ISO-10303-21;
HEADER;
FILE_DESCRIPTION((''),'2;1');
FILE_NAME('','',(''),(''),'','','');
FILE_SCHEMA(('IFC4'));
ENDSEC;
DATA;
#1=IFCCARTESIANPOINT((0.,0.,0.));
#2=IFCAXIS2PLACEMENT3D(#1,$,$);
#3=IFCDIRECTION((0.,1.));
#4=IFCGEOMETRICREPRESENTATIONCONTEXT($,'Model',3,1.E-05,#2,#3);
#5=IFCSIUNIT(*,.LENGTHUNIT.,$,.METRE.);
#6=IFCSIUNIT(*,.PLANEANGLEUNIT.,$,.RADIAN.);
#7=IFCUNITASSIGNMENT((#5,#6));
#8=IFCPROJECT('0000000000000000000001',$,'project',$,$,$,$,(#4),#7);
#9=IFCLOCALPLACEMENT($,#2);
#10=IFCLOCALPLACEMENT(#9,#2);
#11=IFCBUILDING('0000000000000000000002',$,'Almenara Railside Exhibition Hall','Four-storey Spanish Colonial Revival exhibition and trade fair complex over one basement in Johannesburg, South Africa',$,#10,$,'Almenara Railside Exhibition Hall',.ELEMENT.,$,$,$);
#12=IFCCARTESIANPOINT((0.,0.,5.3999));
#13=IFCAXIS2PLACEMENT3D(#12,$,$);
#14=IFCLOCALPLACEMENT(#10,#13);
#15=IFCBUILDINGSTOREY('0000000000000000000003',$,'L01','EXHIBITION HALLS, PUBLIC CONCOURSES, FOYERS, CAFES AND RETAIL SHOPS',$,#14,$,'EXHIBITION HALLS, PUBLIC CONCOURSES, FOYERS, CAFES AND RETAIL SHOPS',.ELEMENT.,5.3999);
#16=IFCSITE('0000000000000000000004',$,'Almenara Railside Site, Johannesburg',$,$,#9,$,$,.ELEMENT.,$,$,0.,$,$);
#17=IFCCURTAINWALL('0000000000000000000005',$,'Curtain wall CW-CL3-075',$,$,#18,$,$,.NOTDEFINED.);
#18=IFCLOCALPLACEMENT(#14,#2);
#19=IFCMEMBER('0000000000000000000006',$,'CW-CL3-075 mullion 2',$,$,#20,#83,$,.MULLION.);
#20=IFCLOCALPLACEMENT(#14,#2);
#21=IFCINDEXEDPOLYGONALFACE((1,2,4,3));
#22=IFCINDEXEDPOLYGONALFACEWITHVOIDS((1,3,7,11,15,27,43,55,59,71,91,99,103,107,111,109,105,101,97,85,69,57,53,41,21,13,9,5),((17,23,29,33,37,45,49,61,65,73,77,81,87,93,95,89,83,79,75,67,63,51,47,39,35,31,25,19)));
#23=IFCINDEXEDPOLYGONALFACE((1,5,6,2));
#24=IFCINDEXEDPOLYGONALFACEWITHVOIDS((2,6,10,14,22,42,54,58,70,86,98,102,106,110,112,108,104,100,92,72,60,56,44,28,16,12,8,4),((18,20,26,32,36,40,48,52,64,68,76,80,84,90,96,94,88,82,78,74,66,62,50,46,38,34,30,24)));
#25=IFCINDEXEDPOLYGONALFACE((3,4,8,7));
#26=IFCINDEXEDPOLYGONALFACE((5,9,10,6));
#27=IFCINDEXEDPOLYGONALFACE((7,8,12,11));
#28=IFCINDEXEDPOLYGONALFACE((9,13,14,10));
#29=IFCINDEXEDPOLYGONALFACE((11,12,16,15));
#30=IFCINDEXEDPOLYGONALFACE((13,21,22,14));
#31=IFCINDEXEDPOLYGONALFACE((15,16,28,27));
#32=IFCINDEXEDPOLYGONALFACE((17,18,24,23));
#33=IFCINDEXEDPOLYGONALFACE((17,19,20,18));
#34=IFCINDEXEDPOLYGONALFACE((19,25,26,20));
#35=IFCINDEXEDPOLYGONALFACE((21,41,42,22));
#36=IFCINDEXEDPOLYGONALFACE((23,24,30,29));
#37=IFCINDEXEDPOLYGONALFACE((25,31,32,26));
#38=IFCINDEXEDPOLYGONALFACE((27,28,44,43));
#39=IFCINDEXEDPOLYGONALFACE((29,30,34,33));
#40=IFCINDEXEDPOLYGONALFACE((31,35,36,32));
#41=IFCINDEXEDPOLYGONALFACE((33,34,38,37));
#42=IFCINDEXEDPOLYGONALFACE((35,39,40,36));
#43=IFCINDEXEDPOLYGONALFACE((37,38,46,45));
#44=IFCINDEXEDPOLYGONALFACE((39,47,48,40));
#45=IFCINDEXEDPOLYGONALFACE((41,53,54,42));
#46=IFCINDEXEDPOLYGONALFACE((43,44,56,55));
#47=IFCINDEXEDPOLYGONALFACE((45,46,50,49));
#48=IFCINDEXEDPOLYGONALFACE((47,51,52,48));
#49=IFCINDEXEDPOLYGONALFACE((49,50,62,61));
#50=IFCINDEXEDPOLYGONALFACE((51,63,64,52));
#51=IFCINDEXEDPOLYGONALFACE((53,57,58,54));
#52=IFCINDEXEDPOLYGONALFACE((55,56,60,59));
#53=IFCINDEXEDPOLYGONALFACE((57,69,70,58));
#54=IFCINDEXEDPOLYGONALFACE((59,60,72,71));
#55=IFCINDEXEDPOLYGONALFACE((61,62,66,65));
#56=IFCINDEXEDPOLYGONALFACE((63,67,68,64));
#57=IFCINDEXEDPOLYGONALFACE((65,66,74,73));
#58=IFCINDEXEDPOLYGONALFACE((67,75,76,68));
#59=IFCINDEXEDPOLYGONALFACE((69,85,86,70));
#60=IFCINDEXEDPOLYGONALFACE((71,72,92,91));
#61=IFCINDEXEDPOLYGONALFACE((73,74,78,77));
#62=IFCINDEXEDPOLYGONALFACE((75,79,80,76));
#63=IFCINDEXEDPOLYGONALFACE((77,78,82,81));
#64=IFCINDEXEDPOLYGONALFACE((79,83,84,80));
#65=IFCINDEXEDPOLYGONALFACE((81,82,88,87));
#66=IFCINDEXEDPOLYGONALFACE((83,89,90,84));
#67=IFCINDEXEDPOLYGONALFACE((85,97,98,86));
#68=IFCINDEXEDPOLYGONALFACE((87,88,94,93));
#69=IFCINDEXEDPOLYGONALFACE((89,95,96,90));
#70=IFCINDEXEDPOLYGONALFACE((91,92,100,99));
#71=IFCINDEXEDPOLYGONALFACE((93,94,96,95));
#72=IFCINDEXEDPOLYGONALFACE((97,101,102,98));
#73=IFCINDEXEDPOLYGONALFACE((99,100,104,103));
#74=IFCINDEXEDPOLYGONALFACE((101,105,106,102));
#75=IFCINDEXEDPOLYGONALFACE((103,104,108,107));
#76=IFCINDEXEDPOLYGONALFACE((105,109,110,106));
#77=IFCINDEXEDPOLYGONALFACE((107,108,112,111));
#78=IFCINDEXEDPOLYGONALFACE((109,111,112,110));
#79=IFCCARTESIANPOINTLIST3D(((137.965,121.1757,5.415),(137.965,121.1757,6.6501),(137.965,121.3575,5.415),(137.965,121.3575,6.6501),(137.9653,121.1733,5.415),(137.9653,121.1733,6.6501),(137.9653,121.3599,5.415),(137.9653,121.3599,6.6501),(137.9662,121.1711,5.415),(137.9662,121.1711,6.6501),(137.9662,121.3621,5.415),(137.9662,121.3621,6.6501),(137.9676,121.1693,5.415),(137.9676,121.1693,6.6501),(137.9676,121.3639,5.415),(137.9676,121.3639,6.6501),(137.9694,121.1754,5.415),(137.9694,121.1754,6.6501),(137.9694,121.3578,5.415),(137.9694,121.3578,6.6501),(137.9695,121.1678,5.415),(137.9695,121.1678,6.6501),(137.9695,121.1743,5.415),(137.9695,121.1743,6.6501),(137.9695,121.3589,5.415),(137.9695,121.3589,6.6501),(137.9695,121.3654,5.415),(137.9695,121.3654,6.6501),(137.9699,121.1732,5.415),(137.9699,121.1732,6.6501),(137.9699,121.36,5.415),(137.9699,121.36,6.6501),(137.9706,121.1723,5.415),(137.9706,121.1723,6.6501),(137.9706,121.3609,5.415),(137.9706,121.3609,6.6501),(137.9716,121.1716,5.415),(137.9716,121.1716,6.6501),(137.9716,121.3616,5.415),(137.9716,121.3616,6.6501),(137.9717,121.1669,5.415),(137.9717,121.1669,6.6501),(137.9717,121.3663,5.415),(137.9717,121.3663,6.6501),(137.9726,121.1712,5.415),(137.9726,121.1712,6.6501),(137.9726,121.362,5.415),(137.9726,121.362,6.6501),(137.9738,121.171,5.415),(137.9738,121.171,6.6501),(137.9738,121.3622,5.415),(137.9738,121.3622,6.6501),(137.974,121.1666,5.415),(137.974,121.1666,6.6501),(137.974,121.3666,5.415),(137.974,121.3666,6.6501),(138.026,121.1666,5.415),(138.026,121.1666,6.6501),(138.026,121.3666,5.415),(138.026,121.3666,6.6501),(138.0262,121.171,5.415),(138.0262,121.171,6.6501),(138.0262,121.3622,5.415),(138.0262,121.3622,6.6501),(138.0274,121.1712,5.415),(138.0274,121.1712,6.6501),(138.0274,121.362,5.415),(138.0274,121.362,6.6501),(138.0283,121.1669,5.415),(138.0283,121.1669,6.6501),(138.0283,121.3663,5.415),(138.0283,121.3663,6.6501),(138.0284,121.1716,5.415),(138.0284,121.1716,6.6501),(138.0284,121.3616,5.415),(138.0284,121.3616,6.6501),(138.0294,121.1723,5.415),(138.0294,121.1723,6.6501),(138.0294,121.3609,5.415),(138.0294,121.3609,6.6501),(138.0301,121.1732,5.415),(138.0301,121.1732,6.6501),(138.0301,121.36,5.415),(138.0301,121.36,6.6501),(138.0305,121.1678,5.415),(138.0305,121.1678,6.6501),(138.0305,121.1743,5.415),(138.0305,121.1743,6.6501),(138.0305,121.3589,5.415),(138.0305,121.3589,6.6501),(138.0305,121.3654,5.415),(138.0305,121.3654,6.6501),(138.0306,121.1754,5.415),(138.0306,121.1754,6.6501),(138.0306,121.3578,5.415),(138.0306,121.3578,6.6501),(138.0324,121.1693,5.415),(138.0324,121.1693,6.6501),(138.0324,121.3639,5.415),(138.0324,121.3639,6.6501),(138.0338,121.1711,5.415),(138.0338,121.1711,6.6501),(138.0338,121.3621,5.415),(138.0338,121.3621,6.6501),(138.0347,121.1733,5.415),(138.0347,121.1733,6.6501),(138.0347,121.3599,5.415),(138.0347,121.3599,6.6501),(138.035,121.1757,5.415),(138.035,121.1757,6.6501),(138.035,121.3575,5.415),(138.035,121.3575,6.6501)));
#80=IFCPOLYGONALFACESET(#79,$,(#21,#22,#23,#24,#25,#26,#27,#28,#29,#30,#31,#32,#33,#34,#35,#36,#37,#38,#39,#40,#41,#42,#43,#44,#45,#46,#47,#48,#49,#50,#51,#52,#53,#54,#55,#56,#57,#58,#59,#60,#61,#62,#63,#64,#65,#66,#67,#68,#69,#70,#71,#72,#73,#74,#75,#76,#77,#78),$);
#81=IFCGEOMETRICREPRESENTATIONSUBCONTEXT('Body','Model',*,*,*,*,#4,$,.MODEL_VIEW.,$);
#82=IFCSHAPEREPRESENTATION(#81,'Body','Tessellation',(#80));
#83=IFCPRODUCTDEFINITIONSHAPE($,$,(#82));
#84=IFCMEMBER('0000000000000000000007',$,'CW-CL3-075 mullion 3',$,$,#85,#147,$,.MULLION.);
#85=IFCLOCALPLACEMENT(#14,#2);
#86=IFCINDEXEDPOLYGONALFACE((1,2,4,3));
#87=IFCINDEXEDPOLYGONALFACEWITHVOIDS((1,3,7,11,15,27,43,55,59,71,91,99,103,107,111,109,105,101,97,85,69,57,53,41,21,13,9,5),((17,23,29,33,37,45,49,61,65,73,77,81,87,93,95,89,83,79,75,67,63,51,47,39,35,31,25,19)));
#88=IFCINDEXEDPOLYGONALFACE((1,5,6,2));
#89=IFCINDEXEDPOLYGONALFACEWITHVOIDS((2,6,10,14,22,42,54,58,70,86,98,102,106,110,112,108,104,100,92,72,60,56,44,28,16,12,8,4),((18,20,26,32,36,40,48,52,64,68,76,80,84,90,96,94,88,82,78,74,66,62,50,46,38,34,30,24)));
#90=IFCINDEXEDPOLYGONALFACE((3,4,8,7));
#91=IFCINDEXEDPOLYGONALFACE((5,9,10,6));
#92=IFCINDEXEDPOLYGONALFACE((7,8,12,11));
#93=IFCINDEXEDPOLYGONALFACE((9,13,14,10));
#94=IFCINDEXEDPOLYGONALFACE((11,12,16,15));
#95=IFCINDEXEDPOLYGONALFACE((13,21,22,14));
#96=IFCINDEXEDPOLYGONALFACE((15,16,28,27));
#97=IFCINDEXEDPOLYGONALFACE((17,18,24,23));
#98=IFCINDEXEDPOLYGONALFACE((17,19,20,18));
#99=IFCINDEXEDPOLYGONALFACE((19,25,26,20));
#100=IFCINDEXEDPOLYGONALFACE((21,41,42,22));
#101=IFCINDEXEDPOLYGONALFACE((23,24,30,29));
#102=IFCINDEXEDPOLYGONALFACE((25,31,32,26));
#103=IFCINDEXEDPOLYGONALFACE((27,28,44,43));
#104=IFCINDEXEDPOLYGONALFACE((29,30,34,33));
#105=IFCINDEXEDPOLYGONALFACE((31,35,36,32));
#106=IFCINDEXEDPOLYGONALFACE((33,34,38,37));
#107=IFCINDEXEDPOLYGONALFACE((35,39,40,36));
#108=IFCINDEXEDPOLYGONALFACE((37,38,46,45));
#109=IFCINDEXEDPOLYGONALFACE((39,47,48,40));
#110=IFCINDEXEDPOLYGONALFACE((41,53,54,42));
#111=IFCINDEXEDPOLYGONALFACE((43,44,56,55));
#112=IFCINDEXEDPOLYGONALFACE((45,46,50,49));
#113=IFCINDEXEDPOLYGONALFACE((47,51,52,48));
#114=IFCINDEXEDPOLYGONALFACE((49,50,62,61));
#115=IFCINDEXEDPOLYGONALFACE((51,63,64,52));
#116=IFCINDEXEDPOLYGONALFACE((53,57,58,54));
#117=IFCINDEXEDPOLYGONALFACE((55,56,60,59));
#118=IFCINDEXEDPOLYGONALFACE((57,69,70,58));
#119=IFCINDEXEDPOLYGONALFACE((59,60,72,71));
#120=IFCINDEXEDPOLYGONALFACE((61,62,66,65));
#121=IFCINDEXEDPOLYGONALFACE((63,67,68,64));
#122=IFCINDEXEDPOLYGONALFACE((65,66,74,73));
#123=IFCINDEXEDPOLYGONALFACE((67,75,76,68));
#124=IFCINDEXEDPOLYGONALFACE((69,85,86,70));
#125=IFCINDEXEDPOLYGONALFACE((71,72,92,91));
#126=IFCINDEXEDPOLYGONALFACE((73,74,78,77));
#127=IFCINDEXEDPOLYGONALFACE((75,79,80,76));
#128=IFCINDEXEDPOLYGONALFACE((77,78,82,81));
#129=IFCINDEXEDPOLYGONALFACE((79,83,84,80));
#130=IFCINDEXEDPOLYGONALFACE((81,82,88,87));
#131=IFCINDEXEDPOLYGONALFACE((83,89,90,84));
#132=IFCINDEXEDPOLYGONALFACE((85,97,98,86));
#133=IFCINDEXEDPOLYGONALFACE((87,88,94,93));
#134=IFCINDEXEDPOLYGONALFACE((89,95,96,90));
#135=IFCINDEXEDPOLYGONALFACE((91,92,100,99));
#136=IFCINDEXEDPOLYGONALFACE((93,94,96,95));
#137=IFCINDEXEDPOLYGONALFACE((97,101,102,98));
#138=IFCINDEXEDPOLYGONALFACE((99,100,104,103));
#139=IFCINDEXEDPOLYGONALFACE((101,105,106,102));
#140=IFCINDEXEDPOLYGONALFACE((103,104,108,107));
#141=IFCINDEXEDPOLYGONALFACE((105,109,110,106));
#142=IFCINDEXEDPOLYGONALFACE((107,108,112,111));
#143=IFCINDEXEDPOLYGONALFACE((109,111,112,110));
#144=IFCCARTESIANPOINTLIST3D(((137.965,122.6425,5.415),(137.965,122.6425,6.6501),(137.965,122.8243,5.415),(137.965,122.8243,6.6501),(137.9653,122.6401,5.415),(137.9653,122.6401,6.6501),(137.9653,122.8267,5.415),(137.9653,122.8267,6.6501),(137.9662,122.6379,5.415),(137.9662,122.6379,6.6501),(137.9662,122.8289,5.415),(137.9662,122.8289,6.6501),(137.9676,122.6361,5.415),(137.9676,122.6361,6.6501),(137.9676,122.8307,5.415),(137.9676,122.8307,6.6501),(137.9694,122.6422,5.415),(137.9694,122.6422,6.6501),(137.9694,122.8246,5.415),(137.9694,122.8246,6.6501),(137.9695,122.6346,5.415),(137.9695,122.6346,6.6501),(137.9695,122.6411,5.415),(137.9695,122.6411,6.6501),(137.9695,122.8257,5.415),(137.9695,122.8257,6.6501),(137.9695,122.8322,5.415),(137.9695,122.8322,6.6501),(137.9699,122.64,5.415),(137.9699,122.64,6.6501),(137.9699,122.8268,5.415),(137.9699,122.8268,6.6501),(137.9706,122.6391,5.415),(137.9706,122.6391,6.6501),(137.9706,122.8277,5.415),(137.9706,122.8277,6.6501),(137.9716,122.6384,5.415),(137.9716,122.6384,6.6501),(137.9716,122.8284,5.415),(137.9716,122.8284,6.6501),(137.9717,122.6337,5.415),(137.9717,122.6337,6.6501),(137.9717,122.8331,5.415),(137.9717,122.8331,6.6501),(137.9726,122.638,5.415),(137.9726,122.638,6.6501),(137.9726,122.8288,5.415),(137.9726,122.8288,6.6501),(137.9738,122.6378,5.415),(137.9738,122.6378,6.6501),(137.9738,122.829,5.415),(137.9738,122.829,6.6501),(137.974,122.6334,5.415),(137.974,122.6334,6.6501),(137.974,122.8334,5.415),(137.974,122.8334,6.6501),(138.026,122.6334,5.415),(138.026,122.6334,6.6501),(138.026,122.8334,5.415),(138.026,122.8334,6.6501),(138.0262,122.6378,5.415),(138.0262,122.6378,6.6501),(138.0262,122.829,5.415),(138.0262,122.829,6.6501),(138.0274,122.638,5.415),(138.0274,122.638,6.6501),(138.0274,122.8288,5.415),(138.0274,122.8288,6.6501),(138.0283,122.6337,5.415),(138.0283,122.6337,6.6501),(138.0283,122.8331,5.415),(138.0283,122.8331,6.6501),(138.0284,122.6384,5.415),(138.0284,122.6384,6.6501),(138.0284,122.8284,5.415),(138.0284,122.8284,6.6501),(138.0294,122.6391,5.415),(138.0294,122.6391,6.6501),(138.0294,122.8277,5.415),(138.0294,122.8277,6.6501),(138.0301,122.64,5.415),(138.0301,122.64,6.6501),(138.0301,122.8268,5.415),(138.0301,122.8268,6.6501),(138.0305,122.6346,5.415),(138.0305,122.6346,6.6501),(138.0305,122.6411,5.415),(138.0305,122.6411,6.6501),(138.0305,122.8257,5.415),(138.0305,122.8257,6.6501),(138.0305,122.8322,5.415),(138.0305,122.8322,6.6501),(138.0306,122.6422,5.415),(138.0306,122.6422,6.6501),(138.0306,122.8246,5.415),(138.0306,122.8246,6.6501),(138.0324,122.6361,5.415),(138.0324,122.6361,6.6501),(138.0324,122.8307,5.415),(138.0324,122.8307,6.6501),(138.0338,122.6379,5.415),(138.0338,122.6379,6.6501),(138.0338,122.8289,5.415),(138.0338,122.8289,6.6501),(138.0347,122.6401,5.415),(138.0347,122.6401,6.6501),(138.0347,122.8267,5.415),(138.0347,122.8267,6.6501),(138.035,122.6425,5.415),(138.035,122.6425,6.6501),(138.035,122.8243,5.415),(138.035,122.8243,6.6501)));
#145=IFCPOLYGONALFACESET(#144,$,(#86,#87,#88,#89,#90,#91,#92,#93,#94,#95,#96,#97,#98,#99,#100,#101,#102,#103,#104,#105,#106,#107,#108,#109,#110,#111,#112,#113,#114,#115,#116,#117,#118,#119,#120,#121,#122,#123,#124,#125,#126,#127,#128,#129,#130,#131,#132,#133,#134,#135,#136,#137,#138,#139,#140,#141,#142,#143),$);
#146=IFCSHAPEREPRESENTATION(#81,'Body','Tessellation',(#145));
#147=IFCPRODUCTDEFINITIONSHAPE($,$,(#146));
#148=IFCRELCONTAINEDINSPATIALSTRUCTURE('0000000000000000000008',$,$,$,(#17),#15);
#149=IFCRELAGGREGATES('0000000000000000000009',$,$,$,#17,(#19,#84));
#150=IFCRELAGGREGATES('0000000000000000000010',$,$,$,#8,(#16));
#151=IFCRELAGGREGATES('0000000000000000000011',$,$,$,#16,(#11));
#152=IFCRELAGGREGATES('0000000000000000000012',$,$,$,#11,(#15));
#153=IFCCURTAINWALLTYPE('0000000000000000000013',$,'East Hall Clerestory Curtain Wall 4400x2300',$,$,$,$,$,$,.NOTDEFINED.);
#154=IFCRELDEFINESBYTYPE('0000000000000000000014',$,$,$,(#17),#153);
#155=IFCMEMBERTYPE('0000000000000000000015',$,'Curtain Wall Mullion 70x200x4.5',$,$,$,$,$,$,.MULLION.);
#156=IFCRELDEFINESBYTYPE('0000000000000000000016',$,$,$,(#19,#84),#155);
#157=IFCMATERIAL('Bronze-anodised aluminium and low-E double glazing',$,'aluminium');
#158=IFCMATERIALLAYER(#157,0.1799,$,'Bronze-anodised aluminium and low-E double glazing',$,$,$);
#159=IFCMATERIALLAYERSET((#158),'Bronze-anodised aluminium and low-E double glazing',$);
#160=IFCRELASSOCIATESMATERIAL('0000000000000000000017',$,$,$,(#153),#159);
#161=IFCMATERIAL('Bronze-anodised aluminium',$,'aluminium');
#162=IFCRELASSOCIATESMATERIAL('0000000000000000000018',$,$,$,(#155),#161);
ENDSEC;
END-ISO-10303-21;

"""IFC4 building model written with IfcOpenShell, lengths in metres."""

from ifc_helpers import new_model, si_unit, direction, frame, origin, origin_2d, place, context, subcontext, project, spatial, hollow_rectangle, extrude, material, layer, layer_set, material_profile, profile_set, type_object, element, aggregate, save


model = new_model("IFC4")

# Units and contexts
model_context = context("Model", 3, precision=1e-05, world=origin(), true_north=direction((0.0, 1.0)))
body_context = subcontext(model_context, "Body", "Model", "MODEL_VIEW")
ifc_project = project(units=[si_unit("LENGTHUNIT", "METRE"), si_unit("PLANEANGLEUNIT", "RADIAN")], contexts=[model_context])

# Site, building, storey
site_placement = place(None, origin())
site = spatial("IfcSite", under=ifc_project, at=site_placement, Name="Almenara Railside Site, Johannesburg", CompositionType="ELEMENT", RefElevation=0.0)
building_placement = place(site_placement, origin())
building = spatial("IfcBuilding", under=site, at=building_placement, Name="Almenara Railside Exhibition Hall", Description="Four-storey Spanish Colonial Revival exhibition and trade fair complex over one basement in Johannesburg, South Africa", LongName="Almenara Railside Exhibition Hall", CompositionType="ELEMENT")
storey_placement = place(building_placement, frame((0.0, 0.0, 5.3999)))
storey = spatial("IfcBuildingStorey", under=building, at=storey_placement, Name="L01", Description="EXHIBITION HALLS, PUBLIC CONCOURSES, FOYERS, CAFES AND RETAIL SHOPS", LongName="EXHIBITION HALLS, PUBLIC CONCOURSES, FOYERS, CAFES AND RETAIL SHOPS", CompositionType="ELEMENT", Elevation=5.3999)

# Shared definitions
ifc_material_1 = material(Name="Bronze-anodised aluminium and low-E double glazing", Category="aluminium")
ifc_layer_1 = layer(ifc_material_1, 0.1799, Name="Bronze-anodised aluminium and low-E double glazing")
ifc_layer_set_1 = layer_set([ifc_layer_1], Name="Bronze-anodised aluminium and low-E double glazing")
curtain_wall_type = type_object("IfcCurtainWallType", Name="East Hall Clerestory Curtain Wall 4400x2300", PredefinedType="NOTDEFINED", material=ifc_layer_set_1)
ifc_material_2 = material(Name="Bronze-anodised aluminium", Category="aluminium")

# Curtain wall, members
curtain_wall_1_placement = place(storey_placement, origin())
curtain_wall_1 = element("IfcCurtainWall", 1, at=curtain_wall_1_placement, inside=storey, type_object=curtain_wall_type, Name="Curtain wall CW-CL3-075", PredefinedType="NOTDEFINED")
ifc_material_profile_1 = material_profile(ifc_material_2, hollow_rectangle(XDim=0.0701, YDim=0.2, WallThickness=0.0044, InnerFilletRadius=0.0044, OuterFilletRadius=0.009, at=origin_2d()), Name="ALU-MUL 70x200x4.5")
ifc_profile_set_1 = profile_set([ifc_material_profile_1], Name="Bronze-anodised aluminium")
member_type_1 = type_object("IfcMemberType", Name="Curtain Wall Mullion 70x200x4.5", PredefinedType="MULLION", material=ifc_profile_set_1)
member_1_placement = place(storey_placement, frame((138.0, 121.2666, 5.415), z_axis=(0.0, 0.0, 1.0), x_axis=(-1.0, 0.0, 0.0)))
member_1 = element("IfcMember", 2, at=member_1_placement, type_object=member_type_1, Name="CW-CL3-075 mullion 2", PredefinedType="MULLION", context=body_context, shape_type="SweptSolid", body=[
    extrude(hollow_rectangle(XDim=0.0701, YDim=0.2, WallThickness=0.0044, InnerFilletRadius=0.0044, OuterFilletRadius=0.009, at=origin_2d()), origin(), (0.0, 0.0, 1.0), 1.2351),
])
member_2_placement = place(storey_placement, frame((138.0, 122.7334, 5.415), z_axis=(0.0, 0.0, 1.0), x_axis=(-1.0, 0.0, 0.0)))
member_2 = element("IfcMember", 3, at=member_2_placement, type_object=member_type_1, Name="CW-CL3-075 mullion 3", PredefinedType="MULLION", context=body_context, shape_type="SweptSolid", body=[
    extrude(hollow_rectangle(XDim=0.0701, YDim=0.2, WallThickness=0.0044, InnerFilletRadius=0.0044, OuterFilletRadius=0.009, at=origin_2d()), origin(), (0.0, 0.0, 1.0), 1.2351),
])

aggregate(curtain_wall_1, [member_1, member_2])

save(model, "model.ifc")
